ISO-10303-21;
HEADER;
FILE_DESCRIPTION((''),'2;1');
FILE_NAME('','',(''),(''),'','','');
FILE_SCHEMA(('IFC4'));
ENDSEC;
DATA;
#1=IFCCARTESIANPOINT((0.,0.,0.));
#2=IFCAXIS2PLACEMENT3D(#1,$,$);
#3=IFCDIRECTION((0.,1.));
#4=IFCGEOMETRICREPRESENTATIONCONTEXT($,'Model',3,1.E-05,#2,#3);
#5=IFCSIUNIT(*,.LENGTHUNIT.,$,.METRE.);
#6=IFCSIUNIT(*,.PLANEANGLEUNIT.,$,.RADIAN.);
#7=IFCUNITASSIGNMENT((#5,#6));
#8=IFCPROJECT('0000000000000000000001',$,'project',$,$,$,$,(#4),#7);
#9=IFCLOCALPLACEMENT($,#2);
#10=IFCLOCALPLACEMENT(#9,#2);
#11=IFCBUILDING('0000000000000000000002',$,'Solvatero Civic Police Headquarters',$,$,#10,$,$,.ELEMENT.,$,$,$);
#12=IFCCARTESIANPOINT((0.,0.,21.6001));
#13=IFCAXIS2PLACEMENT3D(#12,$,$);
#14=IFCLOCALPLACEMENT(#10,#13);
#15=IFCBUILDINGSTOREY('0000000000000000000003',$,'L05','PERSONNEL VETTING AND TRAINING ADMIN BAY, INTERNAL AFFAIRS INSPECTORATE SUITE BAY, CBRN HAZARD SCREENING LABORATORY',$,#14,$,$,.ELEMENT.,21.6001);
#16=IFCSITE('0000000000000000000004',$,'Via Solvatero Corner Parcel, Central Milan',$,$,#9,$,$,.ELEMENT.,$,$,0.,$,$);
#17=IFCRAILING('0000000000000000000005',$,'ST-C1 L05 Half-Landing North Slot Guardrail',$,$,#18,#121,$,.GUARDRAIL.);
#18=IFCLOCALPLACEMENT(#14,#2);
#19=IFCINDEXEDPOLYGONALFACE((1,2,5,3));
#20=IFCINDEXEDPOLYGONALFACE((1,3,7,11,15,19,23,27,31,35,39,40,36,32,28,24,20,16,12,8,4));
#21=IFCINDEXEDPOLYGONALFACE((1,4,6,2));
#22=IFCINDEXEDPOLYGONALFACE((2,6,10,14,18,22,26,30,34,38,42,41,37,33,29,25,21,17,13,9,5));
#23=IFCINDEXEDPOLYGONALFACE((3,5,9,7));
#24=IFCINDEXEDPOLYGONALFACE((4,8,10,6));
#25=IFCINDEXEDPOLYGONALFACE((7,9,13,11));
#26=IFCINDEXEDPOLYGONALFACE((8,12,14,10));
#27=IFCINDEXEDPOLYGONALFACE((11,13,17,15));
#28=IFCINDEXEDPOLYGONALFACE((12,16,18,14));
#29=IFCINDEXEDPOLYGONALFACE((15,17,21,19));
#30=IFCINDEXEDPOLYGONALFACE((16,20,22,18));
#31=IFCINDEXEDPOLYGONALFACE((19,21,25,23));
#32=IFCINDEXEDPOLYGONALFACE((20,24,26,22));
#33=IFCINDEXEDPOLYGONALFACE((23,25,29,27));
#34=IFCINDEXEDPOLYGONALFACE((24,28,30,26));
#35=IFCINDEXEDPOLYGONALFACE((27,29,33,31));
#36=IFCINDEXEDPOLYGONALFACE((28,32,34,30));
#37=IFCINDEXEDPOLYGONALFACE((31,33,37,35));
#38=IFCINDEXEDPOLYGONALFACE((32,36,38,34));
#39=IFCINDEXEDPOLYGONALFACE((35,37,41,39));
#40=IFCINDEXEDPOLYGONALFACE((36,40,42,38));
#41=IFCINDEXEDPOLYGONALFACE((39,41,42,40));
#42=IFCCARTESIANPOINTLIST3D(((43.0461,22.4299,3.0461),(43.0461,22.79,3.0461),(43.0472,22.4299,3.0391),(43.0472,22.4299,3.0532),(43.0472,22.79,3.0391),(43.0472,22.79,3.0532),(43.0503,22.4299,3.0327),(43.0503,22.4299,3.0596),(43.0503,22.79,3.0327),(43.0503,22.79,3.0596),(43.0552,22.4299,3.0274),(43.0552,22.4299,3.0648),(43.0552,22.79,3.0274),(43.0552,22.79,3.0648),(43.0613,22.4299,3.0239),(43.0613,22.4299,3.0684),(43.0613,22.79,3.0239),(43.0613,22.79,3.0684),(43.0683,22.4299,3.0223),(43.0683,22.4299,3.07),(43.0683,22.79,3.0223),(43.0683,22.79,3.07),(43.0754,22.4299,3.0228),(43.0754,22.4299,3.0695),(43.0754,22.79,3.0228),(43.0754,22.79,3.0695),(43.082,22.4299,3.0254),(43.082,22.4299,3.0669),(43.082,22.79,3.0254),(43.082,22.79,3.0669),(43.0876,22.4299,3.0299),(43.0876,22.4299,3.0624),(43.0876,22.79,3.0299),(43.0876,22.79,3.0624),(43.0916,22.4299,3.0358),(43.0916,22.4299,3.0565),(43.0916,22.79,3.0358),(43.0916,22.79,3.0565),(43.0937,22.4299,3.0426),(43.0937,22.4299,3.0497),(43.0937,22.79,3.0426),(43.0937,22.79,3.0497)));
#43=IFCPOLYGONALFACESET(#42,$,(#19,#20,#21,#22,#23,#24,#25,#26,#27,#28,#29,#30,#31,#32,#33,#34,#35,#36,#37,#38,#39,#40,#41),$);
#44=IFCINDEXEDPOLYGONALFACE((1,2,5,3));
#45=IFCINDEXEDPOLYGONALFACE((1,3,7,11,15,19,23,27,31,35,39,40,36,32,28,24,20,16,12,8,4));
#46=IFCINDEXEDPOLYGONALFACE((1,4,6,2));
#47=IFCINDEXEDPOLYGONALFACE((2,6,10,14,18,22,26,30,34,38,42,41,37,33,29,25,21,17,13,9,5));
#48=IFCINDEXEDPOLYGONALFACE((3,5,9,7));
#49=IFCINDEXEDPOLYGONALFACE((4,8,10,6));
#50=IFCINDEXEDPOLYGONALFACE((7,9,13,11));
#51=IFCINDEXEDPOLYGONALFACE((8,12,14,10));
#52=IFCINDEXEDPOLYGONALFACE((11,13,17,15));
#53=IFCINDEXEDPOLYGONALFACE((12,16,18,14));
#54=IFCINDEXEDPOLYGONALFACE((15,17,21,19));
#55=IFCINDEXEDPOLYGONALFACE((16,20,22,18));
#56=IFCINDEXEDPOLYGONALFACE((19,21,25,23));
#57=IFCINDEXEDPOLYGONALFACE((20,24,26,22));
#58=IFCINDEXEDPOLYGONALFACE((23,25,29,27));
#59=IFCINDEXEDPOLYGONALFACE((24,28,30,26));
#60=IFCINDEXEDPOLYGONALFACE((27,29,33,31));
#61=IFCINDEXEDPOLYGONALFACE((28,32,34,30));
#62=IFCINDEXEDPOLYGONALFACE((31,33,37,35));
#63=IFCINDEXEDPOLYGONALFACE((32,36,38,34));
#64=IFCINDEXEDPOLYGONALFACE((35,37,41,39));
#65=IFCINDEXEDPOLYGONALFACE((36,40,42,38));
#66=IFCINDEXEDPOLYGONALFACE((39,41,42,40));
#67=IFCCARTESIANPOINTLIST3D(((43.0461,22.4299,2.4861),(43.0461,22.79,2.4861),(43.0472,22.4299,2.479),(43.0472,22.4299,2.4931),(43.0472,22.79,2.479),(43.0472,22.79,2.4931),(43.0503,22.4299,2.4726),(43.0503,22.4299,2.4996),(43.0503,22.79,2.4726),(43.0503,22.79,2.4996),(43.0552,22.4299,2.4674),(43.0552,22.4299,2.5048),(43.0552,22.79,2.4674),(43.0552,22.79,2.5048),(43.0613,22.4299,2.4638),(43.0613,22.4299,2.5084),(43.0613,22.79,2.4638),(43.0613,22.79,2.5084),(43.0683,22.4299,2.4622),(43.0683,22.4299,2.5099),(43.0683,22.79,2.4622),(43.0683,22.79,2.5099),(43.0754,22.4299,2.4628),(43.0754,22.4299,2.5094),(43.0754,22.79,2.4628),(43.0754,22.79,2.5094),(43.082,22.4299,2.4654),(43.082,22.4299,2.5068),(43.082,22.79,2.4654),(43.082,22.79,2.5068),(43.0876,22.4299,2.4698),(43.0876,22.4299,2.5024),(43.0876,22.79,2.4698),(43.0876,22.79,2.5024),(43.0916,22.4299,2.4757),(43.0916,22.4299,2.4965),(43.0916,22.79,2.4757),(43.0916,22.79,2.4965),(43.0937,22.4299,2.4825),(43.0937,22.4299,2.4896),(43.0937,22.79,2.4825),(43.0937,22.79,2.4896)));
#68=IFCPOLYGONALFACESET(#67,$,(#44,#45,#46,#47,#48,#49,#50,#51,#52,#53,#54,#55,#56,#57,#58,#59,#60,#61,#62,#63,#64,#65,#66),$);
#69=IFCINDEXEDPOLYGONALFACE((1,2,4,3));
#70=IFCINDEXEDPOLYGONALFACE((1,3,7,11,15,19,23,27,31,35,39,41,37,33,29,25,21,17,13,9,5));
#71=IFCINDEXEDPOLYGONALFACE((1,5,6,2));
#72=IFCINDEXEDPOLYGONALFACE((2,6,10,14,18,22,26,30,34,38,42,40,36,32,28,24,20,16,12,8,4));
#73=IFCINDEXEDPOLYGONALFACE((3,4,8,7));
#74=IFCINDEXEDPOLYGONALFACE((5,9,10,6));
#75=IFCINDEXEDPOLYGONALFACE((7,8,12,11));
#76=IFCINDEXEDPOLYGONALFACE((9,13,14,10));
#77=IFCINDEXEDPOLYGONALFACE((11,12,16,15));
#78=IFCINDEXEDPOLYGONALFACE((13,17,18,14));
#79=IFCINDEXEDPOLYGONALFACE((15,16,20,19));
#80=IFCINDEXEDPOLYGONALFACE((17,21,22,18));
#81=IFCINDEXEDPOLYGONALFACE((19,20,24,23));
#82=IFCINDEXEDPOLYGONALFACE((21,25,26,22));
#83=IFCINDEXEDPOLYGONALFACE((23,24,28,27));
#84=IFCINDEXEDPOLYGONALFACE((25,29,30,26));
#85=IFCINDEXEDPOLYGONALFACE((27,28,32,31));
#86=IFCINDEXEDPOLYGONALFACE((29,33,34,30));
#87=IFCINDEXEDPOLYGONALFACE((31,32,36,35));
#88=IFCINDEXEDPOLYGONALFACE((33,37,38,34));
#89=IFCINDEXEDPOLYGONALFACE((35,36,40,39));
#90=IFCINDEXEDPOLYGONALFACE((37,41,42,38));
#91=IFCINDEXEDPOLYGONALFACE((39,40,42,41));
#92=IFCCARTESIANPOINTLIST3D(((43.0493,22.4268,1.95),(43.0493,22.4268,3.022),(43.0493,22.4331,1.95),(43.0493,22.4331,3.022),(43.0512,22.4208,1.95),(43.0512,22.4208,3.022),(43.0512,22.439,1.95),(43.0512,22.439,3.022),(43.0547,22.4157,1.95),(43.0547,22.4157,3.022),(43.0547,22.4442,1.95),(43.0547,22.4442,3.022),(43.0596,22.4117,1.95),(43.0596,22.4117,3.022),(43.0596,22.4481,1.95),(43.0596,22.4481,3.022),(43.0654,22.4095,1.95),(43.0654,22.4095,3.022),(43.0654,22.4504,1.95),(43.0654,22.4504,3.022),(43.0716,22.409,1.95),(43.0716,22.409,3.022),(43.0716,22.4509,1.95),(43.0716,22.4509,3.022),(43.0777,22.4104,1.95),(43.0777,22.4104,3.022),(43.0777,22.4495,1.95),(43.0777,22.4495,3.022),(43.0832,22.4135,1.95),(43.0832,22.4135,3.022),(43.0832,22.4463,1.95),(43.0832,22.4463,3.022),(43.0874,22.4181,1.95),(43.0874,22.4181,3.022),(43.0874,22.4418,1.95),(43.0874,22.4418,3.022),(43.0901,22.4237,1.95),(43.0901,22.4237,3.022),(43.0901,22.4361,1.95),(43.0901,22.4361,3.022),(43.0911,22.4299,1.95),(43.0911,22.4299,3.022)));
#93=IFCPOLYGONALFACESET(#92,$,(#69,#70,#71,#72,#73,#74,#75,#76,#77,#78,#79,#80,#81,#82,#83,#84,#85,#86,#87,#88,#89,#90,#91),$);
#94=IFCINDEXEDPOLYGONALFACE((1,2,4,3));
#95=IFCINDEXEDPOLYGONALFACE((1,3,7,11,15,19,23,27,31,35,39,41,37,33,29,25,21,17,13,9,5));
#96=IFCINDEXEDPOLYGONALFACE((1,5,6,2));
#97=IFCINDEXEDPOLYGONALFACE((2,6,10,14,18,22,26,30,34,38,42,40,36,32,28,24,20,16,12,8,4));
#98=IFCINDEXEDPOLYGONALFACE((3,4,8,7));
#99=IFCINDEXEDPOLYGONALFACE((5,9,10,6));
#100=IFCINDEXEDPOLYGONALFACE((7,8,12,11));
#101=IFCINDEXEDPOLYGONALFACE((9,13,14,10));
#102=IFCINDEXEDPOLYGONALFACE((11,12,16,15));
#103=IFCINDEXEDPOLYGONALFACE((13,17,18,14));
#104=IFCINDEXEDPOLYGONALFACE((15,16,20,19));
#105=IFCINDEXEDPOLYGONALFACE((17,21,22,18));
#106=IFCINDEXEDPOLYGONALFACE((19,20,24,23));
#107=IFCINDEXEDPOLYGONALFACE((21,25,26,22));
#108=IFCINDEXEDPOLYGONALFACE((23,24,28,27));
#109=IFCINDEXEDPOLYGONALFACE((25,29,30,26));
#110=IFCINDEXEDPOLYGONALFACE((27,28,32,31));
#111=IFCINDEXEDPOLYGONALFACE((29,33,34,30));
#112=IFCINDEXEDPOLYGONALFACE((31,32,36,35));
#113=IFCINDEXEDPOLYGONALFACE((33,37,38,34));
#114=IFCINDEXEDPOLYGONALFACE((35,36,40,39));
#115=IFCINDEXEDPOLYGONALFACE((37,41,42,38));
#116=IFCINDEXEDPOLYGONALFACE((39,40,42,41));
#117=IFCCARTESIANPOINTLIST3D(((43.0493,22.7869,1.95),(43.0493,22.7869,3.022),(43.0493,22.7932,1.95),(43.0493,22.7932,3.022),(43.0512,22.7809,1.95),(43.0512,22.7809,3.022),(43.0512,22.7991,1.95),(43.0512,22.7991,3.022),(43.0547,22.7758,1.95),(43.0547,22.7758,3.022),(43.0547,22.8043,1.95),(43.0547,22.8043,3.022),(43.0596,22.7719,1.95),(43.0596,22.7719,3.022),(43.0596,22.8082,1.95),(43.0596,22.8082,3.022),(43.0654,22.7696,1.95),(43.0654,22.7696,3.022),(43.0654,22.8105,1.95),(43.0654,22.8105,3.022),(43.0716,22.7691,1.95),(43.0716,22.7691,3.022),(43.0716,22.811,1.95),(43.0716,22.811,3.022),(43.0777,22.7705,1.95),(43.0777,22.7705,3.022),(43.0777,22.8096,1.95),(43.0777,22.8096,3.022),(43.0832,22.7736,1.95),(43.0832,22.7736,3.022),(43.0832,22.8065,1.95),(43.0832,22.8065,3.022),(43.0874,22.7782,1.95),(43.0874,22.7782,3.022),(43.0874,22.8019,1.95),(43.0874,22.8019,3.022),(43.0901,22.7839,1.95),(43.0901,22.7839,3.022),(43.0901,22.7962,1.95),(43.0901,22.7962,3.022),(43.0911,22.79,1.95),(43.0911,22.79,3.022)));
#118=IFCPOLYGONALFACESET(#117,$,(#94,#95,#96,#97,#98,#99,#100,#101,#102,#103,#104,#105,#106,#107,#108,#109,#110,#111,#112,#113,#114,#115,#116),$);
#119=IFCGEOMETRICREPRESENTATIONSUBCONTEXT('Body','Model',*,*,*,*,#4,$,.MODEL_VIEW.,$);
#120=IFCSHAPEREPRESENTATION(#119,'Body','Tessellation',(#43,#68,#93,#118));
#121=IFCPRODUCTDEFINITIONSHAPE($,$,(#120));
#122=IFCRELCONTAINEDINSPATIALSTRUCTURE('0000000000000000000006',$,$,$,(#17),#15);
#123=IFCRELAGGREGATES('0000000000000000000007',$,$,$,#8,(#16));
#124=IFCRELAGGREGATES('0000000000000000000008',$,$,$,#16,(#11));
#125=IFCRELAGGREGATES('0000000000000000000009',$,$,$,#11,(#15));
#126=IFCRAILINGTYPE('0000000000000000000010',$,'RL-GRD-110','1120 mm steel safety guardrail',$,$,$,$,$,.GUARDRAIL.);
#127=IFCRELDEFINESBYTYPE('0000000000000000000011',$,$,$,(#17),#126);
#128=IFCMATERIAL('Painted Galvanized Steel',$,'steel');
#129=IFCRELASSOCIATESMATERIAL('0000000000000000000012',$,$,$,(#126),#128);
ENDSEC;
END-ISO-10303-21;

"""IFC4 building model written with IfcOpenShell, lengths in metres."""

from ifc_helpers import new_model, si_unit, direction, frame, origin, origin_2d, place, context, subcontext, project, spatial, circle, extrude, material, type_object, element, save


model = new_model("IFC4")

# Units and contexts
model_context = context("Model", 3, precision=1e-05, world=origin(), true_north=direction((0.0, 1.0)))
body_context = subcontext(model_context, "Body", "Model", "MODEL_VIEW")
ifc_project = project(units=[si_unit("LENGTHUNIT", "METRE"), si_unit("PLANEANGLEUNIT", "RADIAN")], contexts=[model_context])

# Site, building, storey
site_placement = place(None, origin())
site = spatial("IfcSite", under=ifc_project, at=site_placement, Name="Via Solvatero Corner Parcel, Central Milan", CompositionType="ELEMENT", RefElevation=0.0)
building_placement = place(site_placement, origin())
building = spatial("IfcBuilding", under=site, at=building_placement, Name="Solvatero Civic Police Headquarters", CompositionType="ELEMENT")
storey_placement = place(building_placement, frame((0.0, 0.0, 21.6001)))
storey = spatial("IfcBuildingStorey", under=building, at=storey_placement, Name="L05", Description="PERSONNEL VETTING AND TRAINING ADMIN BAY, INTERNAL AFFAIRS INSPECTORATE SUITE BAY, CBRN HAZARD SCREENING LABORATORY", CompositionType="ELEMENT", Elevation=21.6001)

# Railing
ifc_material_1 = material(Name="Painted Galvanized Steel", Category="steel")
railing_type_1 = type_object("IfcRailingType", Name="RL-GRD-110", Description="1120 mm steel safety guardrail", PredefinedType="GUARDRAIL", material=ifc_material_1)
railing_1_placement = place(storey_placement, frame((43.0701, 22.4299, 1.95)))
element("IfcRailing", 1, at=railing_1_placement, inside=storey, type_object=railing_type_1, Name="ST-C1 L05 Half-Landing North Slot Guardrail", PredefinedType="GUARDRAIL", context=body_context, shape_type="SweptSolid", body=[
    extrude(circle(Radius=0.0239, at=origin_2d()), frame((0.0, 0.0, 1.0962), z_axis=(0.0, 1.0, 0.0), x_axis=(-1.0, 0.0, 0.0)), (0.0, 0.0, 1.0), 0.3601),
    extrude(circle(Radius=0.0239, at=origin_2d()), frame((0.0, 0.0, 0.5361), z_axis=(0.0, 1.0, 0.0), x_axis=(-1.0, 0.0, 0.0)), (0.0, 0.0, 1.0), 0.3601),
    extrude(circle(Radius=0.021, at=origin_2d()), origin(), (0.0, 0.0, 1.0), 1.072),
    extrude(circle(Radius=0.021, at=origin_2d()), frame((0.0, 0.3601, 0.0)), (0.0, 0.0, 1.0), 1.072),
])

save(model, "model.ifc")
